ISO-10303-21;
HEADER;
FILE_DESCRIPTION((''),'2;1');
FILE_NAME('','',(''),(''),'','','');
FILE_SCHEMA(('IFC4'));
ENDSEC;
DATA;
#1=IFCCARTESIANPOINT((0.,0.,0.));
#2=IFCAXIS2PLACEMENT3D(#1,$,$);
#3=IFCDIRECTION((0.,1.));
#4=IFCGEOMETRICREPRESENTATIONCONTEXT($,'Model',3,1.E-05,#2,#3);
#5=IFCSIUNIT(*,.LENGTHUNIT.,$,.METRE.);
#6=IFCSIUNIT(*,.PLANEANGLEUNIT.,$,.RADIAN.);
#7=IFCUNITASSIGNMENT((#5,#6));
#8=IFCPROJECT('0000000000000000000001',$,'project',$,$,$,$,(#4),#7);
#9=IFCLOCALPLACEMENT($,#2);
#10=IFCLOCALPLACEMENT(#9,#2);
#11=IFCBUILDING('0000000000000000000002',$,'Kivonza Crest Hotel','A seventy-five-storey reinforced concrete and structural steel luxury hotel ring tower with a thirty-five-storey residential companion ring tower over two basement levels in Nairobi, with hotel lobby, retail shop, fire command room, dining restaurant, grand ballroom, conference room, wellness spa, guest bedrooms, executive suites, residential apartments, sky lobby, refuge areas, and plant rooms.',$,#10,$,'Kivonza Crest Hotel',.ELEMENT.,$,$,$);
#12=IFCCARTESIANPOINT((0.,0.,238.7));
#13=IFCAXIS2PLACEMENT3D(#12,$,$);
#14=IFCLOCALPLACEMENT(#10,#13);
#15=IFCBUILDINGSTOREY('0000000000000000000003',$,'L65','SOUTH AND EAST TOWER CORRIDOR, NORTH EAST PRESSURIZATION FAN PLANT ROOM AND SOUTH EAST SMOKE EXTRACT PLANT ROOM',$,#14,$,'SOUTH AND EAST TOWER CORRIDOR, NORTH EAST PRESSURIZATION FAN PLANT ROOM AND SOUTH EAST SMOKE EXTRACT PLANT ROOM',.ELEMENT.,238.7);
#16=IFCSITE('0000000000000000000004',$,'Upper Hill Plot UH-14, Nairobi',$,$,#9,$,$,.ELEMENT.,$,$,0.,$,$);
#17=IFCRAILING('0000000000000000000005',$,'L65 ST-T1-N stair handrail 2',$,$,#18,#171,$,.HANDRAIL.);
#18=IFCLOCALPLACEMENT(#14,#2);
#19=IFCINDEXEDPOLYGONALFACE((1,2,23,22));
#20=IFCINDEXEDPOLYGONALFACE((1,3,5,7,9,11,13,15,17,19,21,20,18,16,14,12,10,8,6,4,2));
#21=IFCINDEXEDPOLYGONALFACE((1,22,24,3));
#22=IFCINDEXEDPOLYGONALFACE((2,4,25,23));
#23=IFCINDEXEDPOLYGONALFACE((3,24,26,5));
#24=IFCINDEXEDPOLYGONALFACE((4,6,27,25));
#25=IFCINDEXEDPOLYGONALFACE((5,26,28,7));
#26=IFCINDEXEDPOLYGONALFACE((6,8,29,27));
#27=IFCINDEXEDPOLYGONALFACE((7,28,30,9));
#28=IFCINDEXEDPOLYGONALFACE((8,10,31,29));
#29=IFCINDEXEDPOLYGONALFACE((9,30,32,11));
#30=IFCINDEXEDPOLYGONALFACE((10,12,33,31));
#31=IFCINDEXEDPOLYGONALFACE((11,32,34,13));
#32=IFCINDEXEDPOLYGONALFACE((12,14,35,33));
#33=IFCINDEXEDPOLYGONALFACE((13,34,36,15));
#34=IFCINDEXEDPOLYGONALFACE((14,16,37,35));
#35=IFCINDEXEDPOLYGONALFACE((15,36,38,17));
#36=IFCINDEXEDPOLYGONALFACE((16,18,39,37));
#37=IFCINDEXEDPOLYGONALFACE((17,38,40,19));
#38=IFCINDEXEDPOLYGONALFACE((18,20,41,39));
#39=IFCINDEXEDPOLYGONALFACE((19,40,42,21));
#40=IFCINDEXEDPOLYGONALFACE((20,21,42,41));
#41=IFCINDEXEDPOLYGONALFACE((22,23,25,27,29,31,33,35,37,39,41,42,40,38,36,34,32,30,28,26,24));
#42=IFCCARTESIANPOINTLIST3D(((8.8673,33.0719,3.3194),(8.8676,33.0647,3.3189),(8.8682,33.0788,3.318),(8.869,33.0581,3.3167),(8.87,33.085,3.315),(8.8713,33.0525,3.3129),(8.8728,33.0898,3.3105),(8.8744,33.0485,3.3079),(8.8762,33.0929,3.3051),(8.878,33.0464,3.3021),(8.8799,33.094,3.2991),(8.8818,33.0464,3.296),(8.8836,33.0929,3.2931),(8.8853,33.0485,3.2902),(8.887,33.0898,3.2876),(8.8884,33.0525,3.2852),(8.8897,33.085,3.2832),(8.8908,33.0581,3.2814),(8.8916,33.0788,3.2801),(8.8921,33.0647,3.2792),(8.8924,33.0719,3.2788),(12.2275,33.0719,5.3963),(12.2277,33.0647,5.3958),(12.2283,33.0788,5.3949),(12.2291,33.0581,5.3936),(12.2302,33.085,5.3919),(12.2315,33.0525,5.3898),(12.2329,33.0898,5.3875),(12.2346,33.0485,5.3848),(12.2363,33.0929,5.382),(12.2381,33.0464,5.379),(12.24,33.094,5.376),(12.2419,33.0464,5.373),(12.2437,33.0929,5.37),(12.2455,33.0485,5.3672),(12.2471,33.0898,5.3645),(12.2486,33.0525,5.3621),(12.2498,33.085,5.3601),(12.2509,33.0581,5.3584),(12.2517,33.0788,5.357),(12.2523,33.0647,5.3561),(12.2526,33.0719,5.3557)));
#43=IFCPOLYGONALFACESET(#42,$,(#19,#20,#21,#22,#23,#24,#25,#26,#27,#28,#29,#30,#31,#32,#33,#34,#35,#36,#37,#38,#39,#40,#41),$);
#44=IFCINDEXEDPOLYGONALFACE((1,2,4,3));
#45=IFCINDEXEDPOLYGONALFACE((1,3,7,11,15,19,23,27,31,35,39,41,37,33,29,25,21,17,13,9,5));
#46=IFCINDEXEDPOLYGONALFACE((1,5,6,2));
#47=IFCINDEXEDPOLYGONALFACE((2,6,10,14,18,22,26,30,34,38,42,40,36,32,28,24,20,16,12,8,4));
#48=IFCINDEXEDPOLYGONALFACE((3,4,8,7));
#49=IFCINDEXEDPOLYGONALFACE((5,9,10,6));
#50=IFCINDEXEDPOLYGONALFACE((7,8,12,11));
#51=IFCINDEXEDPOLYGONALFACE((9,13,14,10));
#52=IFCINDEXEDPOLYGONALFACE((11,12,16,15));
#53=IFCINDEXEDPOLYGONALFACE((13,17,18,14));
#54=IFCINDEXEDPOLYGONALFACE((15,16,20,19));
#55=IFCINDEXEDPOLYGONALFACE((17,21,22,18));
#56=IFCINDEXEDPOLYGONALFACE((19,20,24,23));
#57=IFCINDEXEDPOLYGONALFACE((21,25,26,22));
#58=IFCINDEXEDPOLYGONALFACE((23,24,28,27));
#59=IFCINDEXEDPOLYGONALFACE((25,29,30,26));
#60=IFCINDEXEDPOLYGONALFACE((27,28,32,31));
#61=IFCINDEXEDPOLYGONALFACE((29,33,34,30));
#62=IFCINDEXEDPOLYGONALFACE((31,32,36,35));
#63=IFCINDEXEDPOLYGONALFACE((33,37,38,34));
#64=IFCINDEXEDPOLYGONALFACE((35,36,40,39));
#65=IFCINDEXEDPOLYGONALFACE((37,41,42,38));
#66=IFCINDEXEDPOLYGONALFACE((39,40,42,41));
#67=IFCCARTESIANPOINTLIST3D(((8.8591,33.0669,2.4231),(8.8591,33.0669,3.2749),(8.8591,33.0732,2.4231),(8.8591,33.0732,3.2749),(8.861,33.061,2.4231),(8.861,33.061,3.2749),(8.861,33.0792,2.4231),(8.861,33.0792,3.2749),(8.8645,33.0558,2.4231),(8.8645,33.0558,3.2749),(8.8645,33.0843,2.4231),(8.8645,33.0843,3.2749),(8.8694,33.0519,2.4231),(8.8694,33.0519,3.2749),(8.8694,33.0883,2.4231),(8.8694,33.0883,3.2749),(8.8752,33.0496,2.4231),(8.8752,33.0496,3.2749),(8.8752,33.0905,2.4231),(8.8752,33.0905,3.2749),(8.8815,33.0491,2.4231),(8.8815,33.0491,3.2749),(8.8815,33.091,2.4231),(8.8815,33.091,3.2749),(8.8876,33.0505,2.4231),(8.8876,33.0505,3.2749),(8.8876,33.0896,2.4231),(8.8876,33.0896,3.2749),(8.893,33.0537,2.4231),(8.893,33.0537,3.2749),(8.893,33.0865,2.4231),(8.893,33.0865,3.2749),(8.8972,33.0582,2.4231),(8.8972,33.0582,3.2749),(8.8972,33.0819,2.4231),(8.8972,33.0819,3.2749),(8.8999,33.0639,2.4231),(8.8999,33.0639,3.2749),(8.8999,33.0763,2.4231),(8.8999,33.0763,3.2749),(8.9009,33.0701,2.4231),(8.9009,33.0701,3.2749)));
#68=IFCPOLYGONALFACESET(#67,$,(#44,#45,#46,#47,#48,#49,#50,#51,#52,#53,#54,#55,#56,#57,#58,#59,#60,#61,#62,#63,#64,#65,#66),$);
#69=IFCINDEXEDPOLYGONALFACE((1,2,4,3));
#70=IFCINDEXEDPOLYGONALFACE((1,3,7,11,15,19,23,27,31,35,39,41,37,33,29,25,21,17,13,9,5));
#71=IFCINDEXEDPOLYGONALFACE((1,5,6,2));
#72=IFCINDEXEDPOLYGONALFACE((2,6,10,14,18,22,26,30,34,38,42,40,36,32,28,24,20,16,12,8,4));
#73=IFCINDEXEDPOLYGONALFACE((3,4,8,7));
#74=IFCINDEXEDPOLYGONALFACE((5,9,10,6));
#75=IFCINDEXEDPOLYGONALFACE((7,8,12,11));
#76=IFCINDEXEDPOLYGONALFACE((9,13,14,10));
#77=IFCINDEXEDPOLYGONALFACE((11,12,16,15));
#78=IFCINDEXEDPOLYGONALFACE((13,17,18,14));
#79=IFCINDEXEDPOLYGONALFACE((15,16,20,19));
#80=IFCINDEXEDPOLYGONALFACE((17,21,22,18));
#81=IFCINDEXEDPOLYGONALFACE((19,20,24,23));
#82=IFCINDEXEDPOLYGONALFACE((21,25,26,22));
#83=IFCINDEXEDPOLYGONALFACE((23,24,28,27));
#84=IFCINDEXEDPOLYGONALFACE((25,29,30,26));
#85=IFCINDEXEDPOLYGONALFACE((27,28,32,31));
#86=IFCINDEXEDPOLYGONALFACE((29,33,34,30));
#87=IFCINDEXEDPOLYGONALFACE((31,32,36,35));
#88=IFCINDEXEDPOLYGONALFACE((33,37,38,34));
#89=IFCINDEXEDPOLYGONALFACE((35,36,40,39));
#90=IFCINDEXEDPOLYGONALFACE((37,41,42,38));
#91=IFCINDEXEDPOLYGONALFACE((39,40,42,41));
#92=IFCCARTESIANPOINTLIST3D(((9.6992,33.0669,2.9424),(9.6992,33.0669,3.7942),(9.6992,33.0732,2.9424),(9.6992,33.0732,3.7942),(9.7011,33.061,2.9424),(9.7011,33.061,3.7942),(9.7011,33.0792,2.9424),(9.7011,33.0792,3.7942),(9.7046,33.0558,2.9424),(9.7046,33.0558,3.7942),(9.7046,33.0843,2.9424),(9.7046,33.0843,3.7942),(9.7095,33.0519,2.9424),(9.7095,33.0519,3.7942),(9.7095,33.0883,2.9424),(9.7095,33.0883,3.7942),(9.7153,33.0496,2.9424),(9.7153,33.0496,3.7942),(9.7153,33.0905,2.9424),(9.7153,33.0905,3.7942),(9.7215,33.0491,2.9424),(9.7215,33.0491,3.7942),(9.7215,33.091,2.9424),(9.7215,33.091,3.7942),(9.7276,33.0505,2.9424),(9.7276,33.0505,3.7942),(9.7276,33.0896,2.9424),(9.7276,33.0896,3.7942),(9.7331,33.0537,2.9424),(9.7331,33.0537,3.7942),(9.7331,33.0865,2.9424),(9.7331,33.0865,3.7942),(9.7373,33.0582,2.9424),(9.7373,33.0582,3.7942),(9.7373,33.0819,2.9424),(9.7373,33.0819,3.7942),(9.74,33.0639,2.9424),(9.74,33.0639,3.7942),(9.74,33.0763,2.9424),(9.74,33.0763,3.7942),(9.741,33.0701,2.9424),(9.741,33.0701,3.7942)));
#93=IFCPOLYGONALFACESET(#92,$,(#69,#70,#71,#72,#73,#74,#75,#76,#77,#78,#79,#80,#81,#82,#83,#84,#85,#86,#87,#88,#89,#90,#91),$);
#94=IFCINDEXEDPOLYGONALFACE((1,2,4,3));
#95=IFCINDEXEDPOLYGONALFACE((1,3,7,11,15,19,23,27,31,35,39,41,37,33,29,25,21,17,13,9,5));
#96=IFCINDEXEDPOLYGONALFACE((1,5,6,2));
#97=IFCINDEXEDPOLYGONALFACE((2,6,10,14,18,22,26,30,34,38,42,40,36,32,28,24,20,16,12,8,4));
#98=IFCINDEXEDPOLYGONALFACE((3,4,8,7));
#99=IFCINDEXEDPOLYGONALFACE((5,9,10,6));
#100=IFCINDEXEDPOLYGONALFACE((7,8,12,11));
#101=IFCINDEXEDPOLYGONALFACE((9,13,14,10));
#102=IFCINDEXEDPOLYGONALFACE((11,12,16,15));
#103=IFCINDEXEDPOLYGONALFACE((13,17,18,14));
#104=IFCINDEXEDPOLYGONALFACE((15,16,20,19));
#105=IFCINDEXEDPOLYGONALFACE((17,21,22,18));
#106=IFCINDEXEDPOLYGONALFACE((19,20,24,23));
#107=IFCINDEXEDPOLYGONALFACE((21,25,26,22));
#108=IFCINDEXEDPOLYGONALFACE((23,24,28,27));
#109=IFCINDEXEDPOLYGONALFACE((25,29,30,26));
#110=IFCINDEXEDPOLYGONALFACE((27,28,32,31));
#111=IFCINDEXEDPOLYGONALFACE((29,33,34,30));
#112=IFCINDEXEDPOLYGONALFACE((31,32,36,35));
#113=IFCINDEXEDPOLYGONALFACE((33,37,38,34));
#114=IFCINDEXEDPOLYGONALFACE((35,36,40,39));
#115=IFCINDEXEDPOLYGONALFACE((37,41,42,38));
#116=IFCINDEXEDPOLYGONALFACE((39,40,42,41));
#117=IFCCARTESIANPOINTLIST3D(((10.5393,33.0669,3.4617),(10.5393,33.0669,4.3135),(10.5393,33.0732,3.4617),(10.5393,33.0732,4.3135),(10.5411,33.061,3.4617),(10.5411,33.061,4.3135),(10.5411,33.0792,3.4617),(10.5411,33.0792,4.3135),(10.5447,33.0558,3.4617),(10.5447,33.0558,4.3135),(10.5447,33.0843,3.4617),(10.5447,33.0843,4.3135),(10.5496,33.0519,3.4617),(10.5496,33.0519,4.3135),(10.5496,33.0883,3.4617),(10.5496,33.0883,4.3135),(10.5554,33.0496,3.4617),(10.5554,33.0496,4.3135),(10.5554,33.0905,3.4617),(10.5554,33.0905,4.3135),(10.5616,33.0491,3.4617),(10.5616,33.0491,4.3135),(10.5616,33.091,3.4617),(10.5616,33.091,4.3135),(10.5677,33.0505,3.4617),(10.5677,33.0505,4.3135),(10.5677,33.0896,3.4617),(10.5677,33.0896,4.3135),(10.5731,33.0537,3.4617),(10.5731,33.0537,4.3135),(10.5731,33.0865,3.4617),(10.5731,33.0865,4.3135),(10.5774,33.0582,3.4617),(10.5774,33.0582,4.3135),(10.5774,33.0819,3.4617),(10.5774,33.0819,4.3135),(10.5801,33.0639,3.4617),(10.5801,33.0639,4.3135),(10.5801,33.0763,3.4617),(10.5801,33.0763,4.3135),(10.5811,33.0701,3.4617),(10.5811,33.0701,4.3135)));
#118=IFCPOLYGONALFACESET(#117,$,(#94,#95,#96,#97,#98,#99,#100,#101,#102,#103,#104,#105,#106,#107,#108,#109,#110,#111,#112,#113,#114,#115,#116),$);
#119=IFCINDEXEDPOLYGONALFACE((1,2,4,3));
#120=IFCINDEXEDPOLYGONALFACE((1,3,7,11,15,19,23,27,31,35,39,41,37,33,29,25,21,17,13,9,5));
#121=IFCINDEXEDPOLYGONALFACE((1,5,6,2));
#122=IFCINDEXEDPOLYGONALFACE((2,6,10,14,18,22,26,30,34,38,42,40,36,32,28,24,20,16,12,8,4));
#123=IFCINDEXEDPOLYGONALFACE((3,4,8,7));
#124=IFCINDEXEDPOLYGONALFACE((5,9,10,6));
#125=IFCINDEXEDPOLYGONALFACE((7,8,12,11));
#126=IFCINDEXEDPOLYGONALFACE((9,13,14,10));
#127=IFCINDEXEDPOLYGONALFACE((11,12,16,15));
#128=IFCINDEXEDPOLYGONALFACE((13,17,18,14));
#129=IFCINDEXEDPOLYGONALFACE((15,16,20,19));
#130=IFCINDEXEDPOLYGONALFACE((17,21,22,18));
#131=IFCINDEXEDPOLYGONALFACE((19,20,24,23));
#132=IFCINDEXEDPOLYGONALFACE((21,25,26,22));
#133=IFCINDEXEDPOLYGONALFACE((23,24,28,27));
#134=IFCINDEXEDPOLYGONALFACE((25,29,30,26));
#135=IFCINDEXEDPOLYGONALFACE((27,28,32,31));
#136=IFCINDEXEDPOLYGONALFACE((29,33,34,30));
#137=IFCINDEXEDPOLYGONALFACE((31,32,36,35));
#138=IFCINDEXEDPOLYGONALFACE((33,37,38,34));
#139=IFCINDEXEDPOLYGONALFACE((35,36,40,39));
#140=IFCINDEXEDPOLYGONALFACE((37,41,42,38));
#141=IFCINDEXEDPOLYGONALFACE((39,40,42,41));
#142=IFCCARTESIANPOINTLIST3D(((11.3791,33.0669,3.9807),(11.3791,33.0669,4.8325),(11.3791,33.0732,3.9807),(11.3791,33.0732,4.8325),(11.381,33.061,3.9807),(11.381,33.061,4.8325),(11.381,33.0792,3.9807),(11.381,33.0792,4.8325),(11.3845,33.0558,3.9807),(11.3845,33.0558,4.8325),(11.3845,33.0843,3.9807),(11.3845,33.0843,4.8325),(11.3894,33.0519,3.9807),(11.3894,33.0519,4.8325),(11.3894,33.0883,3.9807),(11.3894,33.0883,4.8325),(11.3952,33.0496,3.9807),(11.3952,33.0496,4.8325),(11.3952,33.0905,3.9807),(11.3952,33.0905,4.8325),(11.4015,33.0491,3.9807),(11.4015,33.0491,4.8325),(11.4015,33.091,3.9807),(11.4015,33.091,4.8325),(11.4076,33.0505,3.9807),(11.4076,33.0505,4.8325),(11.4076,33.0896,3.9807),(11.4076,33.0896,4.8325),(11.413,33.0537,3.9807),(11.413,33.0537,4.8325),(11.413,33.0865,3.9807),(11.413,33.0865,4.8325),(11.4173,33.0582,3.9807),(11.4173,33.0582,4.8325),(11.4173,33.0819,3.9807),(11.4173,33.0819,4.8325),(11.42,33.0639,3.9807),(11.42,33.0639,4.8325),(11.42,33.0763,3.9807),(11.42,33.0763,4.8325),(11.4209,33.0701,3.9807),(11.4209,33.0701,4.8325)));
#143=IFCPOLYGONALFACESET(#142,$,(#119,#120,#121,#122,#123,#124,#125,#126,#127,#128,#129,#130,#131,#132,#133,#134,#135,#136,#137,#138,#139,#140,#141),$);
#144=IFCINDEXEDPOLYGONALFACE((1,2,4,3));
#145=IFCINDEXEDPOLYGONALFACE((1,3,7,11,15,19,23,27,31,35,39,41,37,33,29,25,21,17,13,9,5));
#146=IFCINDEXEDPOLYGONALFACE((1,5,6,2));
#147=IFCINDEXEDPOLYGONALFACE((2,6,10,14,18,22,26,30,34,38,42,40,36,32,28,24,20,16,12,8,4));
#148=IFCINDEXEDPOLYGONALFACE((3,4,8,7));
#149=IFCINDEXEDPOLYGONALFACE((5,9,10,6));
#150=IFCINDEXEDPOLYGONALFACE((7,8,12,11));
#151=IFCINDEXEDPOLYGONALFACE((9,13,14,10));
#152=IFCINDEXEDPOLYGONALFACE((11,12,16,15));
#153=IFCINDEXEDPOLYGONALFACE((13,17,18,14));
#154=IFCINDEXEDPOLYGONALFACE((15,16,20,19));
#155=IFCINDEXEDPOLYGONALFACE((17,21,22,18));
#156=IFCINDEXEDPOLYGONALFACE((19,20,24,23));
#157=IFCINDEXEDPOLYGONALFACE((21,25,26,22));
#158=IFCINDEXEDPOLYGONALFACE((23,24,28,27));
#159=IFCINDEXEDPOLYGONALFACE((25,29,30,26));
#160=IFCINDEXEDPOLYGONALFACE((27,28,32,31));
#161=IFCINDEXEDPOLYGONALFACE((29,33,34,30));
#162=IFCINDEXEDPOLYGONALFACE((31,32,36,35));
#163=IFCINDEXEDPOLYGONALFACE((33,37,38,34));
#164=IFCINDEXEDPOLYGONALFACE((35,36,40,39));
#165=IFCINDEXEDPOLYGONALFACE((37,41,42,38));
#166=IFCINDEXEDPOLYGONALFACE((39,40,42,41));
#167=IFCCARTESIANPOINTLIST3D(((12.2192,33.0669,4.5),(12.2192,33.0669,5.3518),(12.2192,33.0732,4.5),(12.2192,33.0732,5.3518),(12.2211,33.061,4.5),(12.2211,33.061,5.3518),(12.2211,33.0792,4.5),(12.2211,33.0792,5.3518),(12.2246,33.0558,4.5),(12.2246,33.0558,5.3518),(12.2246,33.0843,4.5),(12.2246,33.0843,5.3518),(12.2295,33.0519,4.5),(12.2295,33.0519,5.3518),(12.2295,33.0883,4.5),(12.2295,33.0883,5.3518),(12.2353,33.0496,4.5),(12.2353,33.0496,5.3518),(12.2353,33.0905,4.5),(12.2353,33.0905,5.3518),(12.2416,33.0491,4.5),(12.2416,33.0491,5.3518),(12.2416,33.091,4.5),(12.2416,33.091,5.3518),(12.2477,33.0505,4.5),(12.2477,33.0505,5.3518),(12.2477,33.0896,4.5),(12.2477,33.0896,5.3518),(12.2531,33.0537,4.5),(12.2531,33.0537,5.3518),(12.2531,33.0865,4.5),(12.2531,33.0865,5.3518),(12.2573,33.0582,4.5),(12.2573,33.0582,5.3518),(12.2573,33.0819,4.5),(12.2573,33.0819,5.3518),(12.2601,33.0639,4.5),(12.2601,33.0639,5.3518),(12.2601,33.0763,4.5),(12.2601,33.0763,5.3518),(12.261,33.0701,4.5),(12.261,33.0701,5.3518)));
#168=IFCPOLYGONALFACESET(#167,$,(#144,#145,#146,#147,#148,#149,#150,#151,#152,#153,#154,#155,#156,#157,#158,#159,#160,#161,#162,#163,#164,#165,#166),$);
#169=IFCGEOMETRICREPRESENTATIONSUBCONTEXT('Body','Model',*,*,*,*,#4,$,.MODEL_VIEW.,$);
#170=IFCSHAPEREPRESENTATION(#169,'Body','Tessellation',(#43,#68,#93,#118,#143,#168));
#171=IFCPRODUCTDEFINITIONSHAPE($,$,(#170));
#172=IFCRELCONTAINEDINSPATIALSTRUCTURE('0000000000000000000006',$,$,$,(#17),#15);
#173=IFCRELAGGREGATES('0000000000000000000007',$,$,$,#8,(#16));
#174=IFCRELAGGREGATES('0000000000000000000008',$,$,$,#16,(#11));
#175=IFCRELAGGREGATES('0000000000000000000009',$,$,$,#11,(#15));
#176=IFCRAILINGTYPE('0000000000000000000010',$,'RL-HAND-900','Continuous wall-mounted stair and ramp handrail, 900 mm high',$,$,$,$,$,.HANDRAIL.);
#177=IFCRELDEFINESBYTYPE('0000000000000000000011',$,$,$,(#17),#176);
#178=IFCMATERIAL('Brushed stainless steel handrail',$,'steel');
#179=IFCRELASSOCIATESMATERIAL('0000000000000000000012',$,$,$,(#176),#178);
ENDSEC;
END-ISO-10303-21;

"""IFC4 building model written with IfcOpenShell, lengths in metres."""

from ifc_helpers import new_model, si_unit, direction, frame, origin, origin_2d, place, context, subcontext, project, spatial, circle, extrude, material, type_object, element, save


model = new_model("IFC4")

# Units and contexts
model_context = context("Model", 3, precision=1e-05, world=origin(), true_north=direction((0.0, 1.0)))
body_context = subcontext(model_context, "Body", "Model", "MODEL_VIEW")
ifc_project = project(units=[si_unit("LENGTHUNIT", "METRE"), si_unit("PLANEANGLEUNIT", "RADIAN")], contexts=[model_context])

# Site, building, storey
site_placement = place(None, origin())
site = spatial("IfcSite", under=ifc_project, at=site_placement, Name="Upper Hill Plot UH-14, Nairobi", CompositionType="ELEMENT", RefElevation=0.0)
building_placement = place(site_placement, origin())
building = spatial("IfcBuilding", under=site, at=building_placement, Name="Kivonza Crest Hotel", Description="A seventy-five-storey reinforced concrete and structural steel luxury hotel ring tower with a thirty-five-storey residential companion ring tower over two basement levels in Nairobi, with hotel lobby, retail shop, fire command room, dining restaurant, grand ballroom, conference room, wellness spa, guest bedrooms, executive suites, residential apartments, sky lobby, refuge areas, and plant rooms.", LongName="Kivonza Crest Hotel", CompositionType="ELEMENT")
storey_placement = place(building_placement, frame((0.0, 0.0, 238.7)))
storey = spatial("IfcBuildingStorey", under=building, at=storey_placement, Name="L65", Description="SOUTH AND EAST TOWER CORRIDOR, NORTH EAST PRESSURIZATION FAN PLANT ROOM AND SOUTH EAST SMOKE EXTRACT PLANT ROOM", LongName="SOUTH AND EAST TOWER CORRIDOR, NORTH EAST PRESSURIZATION FAN PLANT ROOM AND SOUTH EAST SMOKE EXTRACT PLANT ROOM", CompositionType="ELEMENT", Elevation=238.7)

# Railing
ifc_material_1 = material(Name="Brushed stainless steel handrail", Category="steel")
railing_type_1 = type_object("IfcRailingType", Name="RL-HAND-900", Description="Continuous wall-mounted stair and ramp handrail, 900 mm high", PredefinedType="HANDRAIL", material=ifc_material_1)
railing_1_placement = place(storey_placement, frame((8.8799, 33.0701, 2.4231)))
element("IfcRailing", 1, at=railing_1_placement, inside=storey, type_object=railing_type_1, Name="L65 ST-T1-N stair handrail 2", PredefinedType="HANDRAIL", context=body_context, shape_type="SweptSolid", body=[
    extrude(circle(Radius=0.0239, at=origin_2d()), frame((0.0, 0.0, 0.876), z_axis=(0.850623, 0.0, 0.525776), x_axis=(0.0, 1.0, 0.0)), (0.0, 0.0, 1.0), 3.9502),
    extrude(circle(Radius=0.021, at=origin_2d()), origin(), (0.0, 0.0, 1.0), 0.8518),
    extrude(circle(Radius=0.021, at=origin_2d()), frame((0.8401, 0.0, 0.5193)), (0.0, 0.0, 1.0), 0.8518),
    extrude(circle(Radius=0.021, at=origin_2d()), frame((1.6802, 0.0, 1.0386)), (0.0, 0.0, 1.0), 0.8518),
    extrude(circle(Radius=0.021, at=origin_2d()), frame((2.52, 0.0, 1.5576)), (0.0, 0.0, 1.0), 0.8518),
    extrude(circle(Radius=0.021, at=origin_2d()), frame((3.3601, 0.0, 2.0769)), (0.0, 0.0, 1.0), 0.8518),
])

save(model, "model.ifc")
